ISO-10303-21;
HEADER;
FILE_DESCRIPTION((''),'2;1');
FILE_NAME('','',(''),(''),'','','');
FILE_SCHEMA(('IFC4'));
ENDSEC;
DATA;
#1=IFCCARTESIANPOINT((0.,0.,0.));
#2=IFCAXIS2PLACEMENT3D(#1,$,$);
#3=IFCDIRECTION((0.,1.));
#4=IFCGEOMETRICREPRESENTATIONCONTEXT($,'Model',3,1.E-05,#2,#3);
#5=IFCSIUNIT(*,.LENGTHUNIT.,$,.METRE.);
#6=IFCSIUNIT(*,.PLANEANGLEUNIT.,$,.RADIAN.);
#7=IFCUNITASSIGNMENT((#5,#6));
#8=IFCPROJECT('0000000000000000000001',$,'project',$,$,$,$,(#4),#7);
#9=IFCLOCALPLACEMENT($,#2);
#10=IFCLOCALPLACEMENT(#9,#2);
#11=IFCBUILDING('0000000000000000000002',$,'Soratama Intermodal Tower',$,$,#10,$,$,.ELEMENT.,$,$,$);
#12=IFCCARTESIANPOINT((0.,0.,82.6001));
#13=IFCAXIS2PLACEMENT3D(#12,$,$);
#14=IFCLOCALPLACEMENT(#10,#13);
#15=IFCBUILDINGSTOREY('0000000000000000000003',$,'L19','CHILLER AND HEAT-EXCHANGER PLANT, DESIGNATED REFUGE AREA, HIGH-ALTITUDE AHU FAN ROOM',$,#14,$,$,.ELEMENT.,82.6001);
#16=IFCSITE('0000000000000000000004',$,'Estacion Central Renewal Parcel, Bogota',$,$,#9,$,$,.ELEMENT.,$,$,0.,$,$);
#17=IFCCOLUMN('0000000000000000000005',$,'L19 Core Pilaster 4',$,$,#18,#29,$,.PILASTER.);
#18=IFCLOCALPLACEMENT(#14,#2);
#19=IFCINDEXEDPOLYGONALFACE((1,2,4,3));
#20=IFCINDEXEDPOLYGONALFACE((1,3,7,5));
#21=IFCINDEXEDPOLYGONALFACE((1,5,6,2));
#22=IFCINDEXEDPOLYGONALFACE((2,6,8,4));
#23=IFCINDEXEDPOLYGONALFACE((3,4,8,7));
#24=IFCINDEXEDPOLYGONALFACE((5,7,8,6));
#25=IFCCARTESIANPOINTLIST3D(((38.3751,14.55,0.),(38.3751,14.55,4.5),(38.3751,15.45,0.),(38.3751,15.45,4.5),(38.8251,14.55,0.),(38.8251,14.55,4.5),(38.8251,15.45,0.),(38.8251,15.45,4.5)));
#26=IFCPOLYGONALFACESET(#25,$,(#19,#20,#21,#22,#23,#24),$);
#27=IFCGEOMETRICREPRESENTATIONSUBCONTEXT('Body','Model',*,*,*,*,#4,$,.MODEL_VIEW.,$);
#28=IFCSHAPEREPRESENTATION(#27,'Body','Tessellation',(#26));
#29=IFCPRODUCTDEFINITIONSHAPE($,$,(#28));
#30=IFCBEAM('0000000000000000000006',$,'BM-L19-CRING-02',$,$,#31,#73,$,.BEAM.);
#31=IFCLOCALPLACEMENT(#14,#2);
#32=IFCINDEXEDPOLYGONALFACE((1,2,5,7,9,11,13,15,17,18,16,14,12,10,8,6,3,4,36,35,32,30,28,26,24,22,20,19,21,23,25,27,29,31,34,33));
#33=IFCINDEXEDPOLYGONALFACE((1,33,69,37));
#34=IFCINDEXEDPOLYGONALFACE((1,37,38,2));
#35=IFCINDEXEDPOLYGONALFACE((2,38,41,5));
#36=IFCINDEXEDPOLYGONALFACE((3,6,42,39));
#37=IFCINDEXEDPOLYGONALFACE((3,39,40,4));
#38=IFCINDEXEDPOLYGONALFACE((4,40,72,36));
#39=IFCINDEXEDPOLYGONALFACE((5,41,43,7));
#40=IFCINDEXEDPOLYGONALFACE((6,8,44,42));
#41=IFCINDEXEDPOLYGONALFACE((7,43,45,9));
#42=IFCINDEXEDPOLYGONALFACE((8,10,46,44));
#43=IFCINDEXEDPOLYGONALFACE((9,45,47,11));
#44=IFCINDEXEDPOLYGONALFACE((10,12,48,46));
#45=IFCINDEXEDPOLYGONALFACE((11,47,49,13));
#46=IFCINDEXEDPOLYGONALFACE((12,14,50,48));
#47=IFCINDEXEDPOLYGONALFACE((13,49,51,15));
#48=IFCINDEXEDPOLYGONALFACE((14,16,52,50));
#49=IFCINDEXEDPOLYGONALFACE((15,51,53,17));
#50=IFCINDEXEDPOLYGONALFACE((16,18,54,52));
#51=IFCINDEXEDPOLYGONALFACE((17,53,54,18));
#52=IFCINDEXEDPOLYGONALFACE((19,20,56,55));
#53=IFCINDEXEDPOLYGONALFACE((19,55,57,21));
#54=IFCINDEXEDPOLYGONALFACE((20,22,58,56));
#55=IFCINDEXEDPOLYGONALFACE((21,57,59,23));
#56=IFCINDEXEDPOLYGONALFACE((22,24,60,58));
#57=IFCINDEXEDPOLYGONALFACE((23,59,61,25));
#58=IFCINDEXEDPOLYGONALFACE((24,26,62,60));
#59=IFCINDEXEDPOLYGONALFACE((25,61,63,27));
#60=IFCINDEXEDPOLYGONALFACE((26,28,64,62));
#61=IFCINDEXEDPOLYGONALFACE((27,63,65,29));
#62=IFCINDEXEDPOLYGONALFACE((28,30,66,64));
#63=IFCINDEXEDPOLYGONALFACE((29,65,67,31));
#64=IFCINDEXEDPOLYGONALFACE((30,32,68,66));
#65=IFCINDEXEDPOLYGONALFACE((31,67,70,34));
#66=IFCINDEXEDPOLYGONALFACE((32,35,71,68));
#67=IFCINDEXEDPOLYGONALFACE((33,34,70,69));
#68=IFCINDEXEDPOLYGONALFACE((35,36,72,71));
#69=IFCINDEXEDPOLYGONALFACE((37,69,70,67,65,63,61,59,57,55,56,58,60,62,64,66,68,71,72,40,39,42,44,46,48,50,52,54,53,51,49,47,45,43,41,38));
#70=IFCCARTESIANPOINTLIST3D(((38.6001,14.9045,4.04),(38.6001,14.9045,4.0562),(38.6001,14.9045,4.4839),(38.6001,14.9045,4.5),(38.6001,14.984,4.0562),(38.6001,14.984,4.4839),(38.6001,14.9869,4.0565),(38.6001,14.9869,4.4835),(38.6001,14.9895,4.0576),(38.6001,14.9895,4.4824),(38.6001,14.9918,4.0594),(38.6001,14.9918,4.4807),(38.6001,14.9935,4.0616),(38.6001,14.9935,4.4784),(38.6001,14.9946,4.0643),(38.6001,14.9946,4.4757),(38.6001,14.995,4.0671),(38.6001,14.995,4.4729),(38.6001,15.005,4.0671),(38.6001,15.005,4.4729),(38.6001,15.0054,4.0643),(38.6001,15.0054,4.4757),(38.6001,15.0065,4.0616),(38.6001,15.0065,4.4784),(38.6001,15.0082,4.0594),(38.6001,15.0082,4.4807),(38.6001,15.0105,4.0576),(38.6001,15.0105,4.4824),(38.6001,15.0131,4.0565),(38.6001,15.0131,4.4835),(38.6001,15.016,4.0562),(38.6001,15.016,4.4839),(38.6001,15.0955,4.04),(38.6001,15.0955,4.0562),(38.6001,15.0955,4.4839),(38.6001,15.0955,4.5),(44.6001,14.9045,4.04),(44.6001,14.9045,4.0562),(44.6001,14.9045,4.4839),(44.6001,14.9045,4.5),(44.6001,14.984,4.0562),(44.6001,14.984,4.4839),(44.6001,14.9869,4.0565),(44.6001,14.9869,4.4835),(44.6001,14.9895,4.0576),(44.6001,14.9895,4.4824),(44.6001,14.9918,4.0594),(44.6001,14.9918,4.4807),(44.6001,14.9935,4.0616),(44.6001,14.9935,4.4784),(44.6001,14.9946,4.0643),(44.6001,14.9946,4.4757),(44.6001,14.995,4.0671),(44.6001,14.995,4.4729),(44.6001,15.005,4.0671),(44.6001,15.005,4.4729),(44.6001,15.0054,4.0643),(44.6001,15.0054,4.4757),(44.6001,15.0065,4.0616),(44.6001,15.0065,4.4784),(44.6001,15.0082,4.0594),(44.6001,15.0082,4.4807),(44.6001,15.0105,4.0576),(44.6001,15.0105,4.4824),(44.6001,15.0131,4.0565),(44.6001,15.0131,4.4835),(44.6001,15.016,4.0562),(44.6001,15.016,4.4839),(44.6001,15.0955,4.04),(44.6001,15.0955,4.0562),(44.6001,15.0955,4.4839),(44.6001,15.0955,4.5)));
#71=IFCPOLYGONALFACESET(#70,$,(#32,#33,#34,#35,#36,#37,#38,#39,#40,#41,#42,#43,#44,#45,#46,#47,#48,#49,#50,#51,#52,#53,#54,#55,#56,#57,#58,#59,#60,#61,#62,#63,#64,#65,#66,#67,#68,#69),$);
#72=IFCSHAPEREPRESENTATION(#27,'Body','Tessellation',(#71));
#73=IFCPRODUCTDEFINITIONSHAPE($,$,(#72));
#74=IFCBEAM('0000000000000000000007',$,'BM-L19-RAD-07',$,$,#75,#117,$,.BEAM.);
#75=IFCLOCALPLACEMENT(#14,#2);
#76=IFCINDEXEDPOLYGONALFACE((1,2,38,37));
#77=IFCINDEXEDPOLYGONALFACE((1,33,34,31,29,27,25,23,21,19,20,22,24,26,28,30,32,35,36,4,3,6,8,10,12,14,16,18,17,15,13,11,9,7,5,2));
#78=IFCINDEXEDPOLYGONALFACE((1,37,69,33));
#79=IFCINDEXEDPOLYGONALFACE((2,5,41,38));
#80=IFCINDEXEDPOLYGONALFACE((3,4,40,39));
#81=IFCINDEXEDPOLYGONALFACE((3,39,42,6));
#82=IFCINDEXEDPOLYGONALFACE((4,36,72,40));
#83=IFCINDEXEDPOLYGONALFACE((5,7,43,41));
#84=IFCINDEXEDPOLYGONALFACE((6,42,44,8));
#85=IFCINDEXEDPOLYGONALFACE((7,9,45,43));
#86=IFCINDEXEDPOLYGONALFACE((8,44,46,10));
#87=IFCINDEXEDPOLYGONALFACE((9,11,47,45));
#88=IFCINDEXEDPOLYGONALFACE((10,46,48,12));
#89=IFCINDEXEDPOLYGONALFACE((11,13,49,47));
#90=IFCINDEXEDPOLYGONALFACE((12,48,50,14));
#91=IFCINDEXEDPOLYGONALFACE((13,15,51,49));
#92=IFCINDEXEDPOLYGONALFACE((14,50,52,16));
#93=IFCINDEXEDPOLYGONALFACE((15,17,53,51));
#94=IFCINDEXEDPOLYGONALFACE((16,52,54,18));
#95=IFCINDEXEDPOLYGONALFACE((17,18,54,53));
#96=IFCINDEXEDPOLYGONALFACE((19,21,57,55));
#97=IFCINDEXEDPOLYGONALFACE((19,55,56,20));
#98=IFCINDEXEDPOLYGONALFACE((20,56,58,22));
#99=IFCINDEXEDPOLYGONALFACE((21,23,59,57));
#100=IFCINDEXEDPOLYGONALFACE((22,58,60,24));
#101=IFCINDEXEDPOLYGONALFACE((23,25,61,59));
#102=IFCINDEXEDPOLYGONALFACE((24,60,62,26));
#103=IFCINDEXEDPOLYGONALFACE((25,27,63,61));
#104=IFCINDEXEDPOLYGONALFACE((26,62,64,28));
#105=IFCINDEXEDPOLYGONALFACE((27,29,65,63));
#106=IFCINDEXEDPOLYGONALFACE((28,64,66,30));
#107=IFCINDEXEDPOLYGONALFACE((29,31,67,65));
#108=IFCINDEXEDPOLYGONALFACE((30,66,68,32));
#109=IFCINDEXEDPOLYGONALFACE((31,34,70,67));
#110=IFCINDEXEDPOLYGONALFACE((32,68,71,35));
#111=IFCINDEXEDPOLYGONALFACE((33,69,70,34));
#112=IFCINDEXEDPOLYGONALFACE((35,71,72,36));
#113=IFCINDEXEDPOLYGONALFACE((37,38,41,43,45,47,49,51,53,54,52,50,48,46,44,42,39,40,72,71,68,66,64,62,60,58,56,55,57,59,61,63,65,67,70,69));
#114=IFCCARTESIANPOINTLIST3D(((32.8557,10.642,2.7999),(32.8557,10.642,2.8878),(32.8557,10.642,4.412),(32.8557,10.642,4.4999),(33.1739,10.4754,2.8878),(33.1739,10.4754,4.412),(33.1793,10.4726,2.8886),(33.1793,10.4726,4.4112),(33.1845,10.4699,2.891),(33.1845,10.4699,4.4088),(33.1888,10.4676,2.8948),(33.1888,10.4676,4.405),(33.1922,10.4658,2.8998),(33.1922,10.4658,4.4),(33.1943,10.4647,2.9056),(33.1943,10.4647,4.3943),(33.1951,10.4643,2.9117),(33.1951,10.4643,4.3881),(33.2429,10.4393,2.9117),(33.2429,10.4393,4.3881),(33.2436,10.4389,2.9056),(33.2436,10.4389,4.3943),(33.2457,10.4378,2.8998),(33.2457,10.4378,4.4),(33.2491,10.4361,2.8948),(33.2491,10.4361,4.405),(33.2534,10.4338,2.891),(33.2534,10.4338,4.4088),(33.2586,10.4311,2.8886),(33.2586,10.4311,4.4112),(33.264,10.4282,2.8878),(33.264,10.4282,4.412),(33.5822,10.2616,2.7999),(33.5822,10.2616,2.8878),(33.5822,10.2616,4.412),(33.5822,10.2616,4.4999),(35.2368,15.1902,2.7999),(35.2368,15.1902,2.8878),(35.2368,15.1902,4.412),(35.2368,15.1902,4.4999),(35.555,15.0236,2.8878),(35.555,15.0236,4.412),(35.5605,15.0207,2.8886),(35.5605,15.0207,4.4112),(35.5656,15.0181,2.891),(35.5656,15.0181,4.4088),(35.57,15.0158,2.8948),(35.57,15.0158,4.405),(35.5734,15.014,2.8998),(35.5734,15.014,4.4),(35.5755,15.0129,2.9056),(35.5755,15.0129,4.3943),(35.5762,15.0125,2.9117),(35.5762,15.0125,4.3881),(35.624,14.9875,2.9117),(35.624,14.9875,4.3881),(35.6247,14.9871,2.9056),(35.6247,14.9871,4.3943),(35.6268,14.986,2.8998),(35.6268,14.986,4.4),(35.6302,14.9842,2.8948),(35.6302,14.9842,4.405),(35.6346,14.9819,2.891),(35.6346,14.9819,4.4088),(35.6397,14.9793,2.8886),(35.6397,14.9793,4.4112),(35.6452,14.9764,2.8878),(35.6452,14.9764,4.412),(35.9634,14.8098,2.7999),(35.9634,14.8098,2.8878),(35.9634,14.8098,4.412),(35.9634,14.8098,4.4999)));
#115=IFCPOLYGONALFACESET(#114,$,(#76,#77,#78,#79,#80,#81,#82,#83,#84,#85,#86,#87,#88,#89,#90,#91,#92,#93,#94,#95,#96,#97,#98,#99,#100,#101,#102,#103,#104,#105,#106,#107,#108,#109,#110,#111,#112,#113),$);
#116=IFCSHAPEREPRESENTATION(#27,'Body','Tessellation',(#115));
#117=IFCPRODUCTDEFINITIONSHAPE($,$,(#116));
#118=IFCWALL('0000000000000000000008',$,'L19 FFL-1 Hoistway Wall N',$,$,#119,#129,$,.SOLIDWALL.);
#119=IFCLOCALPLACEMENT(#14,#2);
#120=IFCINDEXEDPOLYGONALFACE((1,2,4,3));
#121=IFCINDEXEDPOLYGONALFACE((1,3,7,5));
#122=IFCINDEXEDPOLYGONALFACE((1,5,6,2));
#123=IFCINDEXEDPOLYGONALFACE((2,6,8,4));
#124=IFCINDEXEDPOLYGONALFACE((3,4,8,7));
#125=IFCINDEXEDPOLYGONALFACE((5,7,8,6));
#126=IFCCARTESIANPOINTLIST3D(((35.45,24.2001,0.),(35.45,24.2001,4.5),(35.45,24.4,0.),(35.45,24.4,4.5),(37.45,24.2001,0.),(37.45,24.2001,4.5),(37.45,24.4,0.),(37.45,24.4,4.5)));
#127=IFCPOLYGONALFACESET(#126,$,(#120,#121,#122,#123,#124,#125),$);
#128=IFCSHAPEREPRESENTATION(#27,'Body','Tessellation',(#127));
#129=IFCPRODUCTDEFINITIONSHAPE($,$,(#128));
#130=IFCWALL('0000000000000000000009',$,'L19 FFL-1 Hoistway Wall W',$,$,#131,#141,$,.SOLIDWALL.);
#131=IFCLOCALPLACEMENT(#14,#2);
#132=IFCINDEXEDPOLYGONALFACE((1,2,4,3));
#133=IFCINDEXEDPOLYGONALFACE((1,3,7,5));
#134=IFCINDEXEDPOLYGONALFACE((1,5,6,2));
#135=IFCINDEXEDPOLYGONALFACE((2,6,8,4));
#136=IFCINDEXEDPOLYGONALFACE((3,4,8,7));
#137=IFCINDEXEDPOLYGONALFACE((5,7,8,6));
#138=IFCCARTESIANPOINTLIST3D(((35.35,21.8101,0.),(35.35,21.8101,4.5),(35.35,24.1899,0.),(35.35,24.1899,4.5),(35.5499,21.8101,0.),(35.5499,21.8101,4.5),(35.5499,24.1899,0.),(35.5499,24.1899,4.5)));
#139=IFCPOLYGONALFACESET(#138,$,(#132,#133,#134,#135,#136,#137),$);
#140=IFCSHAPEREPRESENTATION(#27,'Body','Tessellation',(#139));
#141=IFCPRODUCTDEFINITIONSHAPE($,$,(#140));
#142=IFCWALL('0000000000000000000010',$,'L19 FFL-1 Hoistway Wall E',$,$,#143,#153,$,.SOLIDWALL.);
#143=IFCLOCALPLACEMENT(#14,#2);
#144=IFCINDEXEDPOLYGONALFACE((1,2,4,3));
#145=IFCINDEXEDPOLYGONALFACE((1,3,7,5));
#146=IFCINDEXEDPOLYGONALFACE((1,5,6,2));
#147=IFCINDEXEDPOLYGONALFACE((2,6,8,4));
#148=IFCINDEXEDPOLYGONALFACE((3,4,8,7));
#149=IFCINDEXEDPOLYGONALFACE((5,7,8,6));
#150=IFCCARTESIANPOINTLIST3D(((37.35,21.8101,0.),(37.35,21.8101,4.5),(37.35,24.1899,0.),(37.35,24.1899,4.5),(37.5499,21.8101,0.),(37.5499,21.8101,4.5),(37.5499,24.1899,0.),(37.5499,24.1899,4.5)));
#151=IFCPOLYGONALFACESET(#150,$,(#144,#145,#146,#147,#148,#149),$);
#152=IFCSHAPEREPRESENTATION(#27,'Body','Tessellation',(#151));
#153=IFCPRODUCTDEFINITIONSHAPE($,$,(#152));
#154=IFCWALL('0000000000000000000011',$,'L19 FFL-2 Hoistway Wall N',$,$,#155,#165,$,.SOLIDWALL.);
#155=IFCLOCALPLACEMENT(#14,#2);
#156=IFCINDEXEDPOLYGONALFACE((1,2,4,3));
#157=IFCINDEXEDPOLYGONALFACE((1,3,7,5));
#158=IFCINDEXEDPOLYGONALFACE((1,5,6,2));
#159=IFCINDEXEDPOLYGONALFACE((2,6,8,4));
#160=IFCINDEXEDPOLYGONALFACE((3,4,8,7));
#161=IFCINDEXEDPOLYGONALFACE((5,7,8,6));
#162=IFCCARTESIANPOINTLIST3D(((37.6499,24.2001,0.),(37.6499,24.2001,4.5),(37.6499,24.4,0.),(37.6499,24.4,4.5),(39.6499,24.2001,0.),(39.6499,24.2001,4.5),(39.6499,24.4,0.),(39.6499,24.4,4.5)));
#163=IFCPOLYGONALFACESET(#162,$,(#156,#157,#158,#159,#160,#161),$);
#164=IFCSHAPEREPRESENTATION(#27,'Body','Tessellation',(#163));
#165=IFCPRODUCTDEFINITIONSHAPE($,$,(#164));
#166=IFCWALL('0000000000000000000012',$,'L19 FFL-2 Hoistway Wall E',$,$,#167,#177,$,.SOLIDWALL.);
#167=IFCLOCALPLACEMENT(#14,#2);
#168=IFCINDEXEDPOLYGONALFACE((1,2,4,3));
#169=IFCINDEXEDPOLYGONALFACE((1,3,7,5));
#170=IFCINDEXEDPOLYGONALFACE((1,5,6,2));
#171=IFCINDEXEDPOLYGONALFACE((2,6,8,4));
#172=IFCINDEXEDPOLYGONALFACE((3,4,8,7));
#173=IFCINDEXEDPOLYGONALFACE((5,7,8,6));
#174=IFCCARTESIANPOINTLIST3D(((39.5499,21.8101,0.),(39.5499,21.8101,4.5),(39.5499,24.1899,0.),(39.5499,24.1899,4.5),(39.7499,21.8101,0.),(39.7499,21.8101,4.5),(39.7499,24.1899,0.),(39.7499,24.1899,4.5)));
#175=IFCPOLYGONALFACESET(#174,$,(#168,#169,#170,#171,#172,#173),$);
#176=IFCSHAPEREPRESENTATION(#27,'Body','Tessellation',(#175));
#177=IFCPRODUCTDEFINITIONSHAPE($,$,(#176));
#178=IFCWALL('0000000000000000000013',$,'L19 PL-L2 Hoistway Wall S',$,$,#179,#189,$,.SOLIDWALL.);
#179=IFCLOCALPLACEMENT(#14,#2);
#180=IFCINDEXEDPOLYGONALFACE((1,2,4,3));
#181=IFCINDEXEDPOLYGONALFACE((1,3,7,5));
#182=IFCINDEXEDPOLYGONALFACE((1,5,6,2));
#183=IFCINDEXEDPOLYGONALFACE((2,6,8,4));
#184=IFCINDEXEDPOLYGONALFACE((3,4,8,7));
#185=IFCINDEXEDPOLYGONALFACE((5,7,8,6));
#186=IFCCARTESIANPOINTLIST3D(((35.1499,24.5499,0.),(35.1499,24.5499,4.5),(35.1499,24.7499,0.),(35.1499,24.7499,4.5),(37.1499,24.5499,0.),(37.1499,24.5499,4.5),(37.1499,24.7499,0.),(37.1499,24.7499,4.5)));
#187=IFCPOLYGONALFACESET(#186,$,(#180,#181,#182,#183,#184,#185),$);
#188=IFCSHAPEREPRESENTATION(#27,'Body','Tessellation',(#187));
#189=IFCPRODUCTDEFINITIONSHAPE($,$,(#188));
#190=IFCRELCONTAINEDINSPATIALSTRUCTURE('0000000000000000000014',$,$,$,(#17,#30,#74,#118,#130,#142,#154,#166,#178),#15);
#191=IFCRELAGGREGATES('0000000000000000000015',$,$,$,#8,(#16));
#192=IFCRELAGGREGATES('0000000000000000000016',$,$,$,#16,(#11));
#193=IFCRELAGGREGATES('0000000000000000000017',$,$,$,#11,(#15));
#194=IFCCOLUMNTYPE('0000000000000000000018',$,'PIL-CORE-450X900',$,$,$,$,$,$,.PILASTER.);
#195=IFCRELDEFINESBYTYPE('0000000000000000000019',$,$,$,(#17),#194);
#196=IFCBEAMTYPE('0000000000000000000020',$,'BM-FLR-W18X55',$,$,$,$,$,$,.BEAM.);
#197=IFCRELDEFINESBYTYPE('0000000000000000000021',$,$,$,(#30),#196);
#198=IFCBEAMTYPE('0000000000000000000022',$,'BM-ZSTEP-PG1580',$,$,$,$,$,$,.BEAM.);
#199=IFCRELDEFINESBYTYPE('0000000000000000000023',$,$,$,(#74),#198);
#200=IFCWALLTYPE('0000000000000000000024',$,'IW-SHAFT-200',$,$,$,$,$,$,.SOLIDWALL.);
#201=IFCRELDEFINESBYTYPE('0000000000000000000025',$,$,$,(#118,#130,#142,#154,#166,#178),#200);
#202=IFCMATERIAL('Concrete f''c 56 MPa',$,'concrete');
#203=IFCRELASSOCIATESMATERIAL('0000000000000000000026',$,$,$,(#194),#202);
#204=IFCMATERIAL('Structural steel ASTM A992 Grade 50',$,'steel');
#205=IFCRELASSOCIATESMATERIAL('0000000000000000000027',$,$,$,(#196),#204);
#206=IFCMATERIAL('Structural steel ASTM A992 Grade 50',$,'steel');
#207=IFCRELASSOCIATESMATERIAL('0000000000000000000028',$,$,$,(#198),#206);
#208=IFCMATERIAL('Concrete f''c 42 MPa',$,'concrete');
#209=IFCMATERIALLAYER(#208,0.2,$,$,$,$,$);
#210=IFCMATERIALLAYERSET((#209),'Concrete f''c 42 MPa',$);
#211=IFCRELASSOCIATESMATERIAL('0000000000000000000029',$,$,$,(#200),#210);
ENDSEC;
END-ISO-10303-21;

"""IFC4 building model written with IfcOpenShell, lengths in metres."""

from ifc_helpers import new_model, si_unit, direction, frame, frame_2d, origin, origin_2d, place, context, subcontext, project, spatial, rectangle, i_section, extrude, material, layer, layer_set, material_profile, profile_set, type_object, element, save


model = new_model("IFC4")

# Units and contexts
model_context = context("Model", 3, precision=1e-05, world=origin(), true_north=direction((0.0, 1.0)))
body_context = subcontext(model_context, "Body", "Model", "MODEL_VIEW")
ifc_project = project(units=[si_unit("LENGTHUNIT", "METRE"), si_unit("PLANEANGLEUNIT", "RADIAN")], contexts=[model_context])

# Site, building, storey
site_placement = place(None, origin())
site = spatial("IfcSite", under=ifc_project, at=site_placement, Name="Estacion Central Renewal Parcel, Bogota", CompositionType="ELEMENT", RefElevation=0.0)
building_placement = place(site_placement, origin())
building = spatial("IfcBuilding", under=site, at=building_placement, Name="Soratama Intermodal Tower", CompositionType="ELEMENT")
storey_placement = place(building_placement, frame((0.0, 0.0, 82.6001)))
storey = spatial("IfcBuildingStorey", under=building, at=storey_placement, Name="L19", Description="CHILLER AND HEAT-EXCHANGER PLANT, DESIGNATED REFUGE AREA, HIGH-ALTITUDE AHU FAN ROOM", CompositionType="ELEMENT", Elevation=82.6001)

# Column
ifc_material_1 = material(Name="Concrete f'c 56 MPa", Category="concrete")
ifc_material_profile_1 = material_profile(ifc_material_1, rectangle(XDim=0.45, YDim=0.8999, at=origin_2d()), Name="RC450X900")
ifc_profile_set_1 = profile_set([ifc_material_profile_1], Name="Concrete f'c 56 MPa")
column_type = type_object("IfcColumnType", Name="PIL-CORE-450X900", PredefinedType="PILASTER", material=ifc_profile_set_1)
column_placement = place(storey_placement, frame((38.6001, 15.0, 0.0), z_axis=(0.0, 0.0, 1.0), x_axis=(1.0, 0.0, 0.0)))
element("IfcColumn", 1, at=column_placement, inside=storey, type_object=column_type, Name="L19 Core Pilaster 4", PredefinedType="PILASTER", context=body_context, shape_type="SweptSolid", body=[
    extrude(rectangle(XDim=0.45, YDim=0.8999, at=origin_2d()), origin(), (0.0, 0.0, 1.0), 4.5),
])

# Beams
ifc_material_2 = material(Name="Structural steel ASTM A992 Grade 50", Category="steel")
ifc_material_profile_2 = material_profile(ifc_material_2, i_section(OverallWidth=0.1909, OverallDepth=0.46, WebThickness=0.01, FlangeThickness=0.0161, FilletRadius=0.011, at=origin_2d()), Name="W18X55")
ifc_profile_set_2 = profile_set([ifc_material_profile_2], Name="Structural steel ASTM A992 Grade 50")
beam_type_1 = type_object("IfcBeamType", Name="BM-FLR-W18X55", PredefinedType="BEAM", material=ifc_profile_set_2)
beam_1_placement = place(storey_placement, frame((38.6001, 15.0, 4.27), z_axis=(1.0, 0.0, 0.0), x_axis=(0.0, 1.0, 0.0)))
element("IfcBeam", 2, at=beam_1_placement, inside=storey, type_object=beam_type_1, Name="BM-L19-CRING-02", PredefinedType="BEAM", context=body_context, shape_type="SweptSolid", body=[
    extrude(i_section(OverallWidth=0.1909, OverallDepth=0.46, WebThickness=0.01, FlangeThickness=0.0161, FilletRadius=0.011, at=origin_2d()), origin(), (0.0, 0.0, 1.0), 6.0),
])
ifc_material_3 = material(Name="Structural steel ASTM A992 Grade 50", Category="steel")
ifc_material_profile_3 = material_profile(ifc_material_3, i_section(OverallWidth=0.8201, OverallDepth=1.7, WebThickness=0.054, FlangeThickness=0.0879, FilletRadius=0.0239, at=origin_2d()), Name="PG1580X800")
ifc_profile_set_3 = profile_set([ifc_material_profile_3], Name="Structural steel ASTM A992 Grade 50")
beam_type_2 = type_object("IfcBeamType", Name="BM-ZSTEP-PG1580", PredefinedType="BEAM", material=ifc_profile_set_3)
beam_2_placement = place(storey_placement, frame((35.6001, 15.0, 3.6499), z_axis=(-0.463819, -0.88593, 0.0), x_axis=(0.88593, -0.463819, 0.0)))
element("IfcBeam", 3, at=beam_2_placement, inside=storey, type_object=beam_type_2, Name="BM-L19-RAD-07", PredefinedType="BEAM", context=body_context, shape_type="SweptSolid", body=[
    extrude(i_section(OverallWidth=0.8201, OverallDepth=1.7, WebThickness=0.054, FlangeThickness=0.0879, FilletRadius=0.0239, at=origin_2d()), origin(), (0.0, 0.0, 1.0), 5.1338),
])

# Shared definitions
ifc_material_4 = material(Name="Concrete f'c 42 MPa", Category="concrete")
ifc_layer_1 = layer(ifc_material_4, 0.2)
ifc_layer_set_1 = layer_set([ifc_layer_1], Name="Concrete f'c 42 MPa")
wall_type = type_object("IfcWallType", Name="IW-SHAFT-200", PredefinedType="SOLIDWALL", material=ifc_layer_set_1)

# Walls
wall_1_placement = place(storey_placement, frame((35.45, 24.3, 0.0), z_axis=(0.0, 0.0, 1.0), x_axis=(1.0, 0.0, 0.0)))
element("IfcWall", 4, at=wall_1_placement, inside=storey, type_object=wall_type, Name="L19 FFL-1 Hoistway Wall N", PredefinedType="SOLIDWALL", context=body_context, shape_type="SweptSolid", body=[
    extrude(rectangle(XDim=2.0, YDim=0.2, at=frame_2d((1.0, 0.0))), origin(), (0.0, 0.0, 1.0), 4.5),
])
for number, where, z_axis, x_axis, name in (
    (5, (35.45, 21.8101, 0.0), (0.0, 0.0, 1.0), (0.0, 1.0, 0.0), "L19 FFL-1 Hoistway Wall W"),
    (6, (37.45, 21.8101, 0.0), (0.0, 0.0, 1.0), (0.0, 1.0, 0.0), "L19 FFL-1 Hoistway Wall E"),
):
    element("IfcWall", number, at=place(storey_placement, frame(where, z_axis=z_axis, x_axis=x_axis)), inside=storey, type_object=wall_type, Name=name, PredefinedType="SOLIDWALL", context=body_context, shape_type="SweptSolid", body=[
        extrude(rectangle(XDim=2.3799, YDim=0.2, at=frame_2d((1.1899, 0.0))), origin(), (0.0, 0.0, 1.0), 4.5),
    ])

# Walls
wall_2_placement = place(storey_placement, frame((37.6499, 24.3, 0.0), z_axis=(0.0, 0.0, 1.0), x_axis=(1.0, 0.0, 0.0)))
element("IfcWall", 7, at=wall_2_placement, inside=storey, type_object=wall_type, Name="L19 FFL-2 Hoistway Wall N", PredefinedType="SOLIDWALL", context=body_context, shape_type="SweptSolid", body=[
    extrude(rectangle(XDim=2.0, YDim=0.2, at=frame_2d((1.0, 0.0))), origin(), (0.0, 0.0, 1.0), 4.5),
])
wall_3_placement = place(storey_placement, frame((39.6499, 21.8101, 0.0), z_axis=(0.0, 0.0, 1.0), x_axis=(0.0, 1.0, 0.0)))
element("IfcWall", 8, at=wall_3_placement, inside=storey, type_object=wall_type, Name="L19 FFL-2 Hoistway Wall E", PredefinedType="SOLIDWALL", context=body_context, shape_type="SweptSolid", body=[
    extrude(rectangle(XDim=2.3799, YDim=0.2, at=frame_2d((1.1899, 0.0))), origin(), (0.0, 0.0, 1.0), 4.5),
])

# Wall
for number, where, z_axis, x_axis, name in (
    (9, (35.1499, 24.6499, 0.0), (0.0, 0.0, 1.0), (1.0, 0.0, 0.0), "L19 PL-L2 Hoistway Wall S"),
):
    element("IfcWall", number, at=place(storey_placement, frame(where, z_axis=z_axis, x_axis=x_axis)), inside=storey, type_object=wall_type, Name=name, PredefinedType="SOLIDWALL", context=body_context, shape_type="SweptSolid", body=[
        extrude(rectangle(XDim=2.0, YDim=0.2, at=frame_2d((1.0, 0.0))), origin(), (0.0, 0.0, 1.0), 4.5),
    ])

save(model, "model.ifc")
